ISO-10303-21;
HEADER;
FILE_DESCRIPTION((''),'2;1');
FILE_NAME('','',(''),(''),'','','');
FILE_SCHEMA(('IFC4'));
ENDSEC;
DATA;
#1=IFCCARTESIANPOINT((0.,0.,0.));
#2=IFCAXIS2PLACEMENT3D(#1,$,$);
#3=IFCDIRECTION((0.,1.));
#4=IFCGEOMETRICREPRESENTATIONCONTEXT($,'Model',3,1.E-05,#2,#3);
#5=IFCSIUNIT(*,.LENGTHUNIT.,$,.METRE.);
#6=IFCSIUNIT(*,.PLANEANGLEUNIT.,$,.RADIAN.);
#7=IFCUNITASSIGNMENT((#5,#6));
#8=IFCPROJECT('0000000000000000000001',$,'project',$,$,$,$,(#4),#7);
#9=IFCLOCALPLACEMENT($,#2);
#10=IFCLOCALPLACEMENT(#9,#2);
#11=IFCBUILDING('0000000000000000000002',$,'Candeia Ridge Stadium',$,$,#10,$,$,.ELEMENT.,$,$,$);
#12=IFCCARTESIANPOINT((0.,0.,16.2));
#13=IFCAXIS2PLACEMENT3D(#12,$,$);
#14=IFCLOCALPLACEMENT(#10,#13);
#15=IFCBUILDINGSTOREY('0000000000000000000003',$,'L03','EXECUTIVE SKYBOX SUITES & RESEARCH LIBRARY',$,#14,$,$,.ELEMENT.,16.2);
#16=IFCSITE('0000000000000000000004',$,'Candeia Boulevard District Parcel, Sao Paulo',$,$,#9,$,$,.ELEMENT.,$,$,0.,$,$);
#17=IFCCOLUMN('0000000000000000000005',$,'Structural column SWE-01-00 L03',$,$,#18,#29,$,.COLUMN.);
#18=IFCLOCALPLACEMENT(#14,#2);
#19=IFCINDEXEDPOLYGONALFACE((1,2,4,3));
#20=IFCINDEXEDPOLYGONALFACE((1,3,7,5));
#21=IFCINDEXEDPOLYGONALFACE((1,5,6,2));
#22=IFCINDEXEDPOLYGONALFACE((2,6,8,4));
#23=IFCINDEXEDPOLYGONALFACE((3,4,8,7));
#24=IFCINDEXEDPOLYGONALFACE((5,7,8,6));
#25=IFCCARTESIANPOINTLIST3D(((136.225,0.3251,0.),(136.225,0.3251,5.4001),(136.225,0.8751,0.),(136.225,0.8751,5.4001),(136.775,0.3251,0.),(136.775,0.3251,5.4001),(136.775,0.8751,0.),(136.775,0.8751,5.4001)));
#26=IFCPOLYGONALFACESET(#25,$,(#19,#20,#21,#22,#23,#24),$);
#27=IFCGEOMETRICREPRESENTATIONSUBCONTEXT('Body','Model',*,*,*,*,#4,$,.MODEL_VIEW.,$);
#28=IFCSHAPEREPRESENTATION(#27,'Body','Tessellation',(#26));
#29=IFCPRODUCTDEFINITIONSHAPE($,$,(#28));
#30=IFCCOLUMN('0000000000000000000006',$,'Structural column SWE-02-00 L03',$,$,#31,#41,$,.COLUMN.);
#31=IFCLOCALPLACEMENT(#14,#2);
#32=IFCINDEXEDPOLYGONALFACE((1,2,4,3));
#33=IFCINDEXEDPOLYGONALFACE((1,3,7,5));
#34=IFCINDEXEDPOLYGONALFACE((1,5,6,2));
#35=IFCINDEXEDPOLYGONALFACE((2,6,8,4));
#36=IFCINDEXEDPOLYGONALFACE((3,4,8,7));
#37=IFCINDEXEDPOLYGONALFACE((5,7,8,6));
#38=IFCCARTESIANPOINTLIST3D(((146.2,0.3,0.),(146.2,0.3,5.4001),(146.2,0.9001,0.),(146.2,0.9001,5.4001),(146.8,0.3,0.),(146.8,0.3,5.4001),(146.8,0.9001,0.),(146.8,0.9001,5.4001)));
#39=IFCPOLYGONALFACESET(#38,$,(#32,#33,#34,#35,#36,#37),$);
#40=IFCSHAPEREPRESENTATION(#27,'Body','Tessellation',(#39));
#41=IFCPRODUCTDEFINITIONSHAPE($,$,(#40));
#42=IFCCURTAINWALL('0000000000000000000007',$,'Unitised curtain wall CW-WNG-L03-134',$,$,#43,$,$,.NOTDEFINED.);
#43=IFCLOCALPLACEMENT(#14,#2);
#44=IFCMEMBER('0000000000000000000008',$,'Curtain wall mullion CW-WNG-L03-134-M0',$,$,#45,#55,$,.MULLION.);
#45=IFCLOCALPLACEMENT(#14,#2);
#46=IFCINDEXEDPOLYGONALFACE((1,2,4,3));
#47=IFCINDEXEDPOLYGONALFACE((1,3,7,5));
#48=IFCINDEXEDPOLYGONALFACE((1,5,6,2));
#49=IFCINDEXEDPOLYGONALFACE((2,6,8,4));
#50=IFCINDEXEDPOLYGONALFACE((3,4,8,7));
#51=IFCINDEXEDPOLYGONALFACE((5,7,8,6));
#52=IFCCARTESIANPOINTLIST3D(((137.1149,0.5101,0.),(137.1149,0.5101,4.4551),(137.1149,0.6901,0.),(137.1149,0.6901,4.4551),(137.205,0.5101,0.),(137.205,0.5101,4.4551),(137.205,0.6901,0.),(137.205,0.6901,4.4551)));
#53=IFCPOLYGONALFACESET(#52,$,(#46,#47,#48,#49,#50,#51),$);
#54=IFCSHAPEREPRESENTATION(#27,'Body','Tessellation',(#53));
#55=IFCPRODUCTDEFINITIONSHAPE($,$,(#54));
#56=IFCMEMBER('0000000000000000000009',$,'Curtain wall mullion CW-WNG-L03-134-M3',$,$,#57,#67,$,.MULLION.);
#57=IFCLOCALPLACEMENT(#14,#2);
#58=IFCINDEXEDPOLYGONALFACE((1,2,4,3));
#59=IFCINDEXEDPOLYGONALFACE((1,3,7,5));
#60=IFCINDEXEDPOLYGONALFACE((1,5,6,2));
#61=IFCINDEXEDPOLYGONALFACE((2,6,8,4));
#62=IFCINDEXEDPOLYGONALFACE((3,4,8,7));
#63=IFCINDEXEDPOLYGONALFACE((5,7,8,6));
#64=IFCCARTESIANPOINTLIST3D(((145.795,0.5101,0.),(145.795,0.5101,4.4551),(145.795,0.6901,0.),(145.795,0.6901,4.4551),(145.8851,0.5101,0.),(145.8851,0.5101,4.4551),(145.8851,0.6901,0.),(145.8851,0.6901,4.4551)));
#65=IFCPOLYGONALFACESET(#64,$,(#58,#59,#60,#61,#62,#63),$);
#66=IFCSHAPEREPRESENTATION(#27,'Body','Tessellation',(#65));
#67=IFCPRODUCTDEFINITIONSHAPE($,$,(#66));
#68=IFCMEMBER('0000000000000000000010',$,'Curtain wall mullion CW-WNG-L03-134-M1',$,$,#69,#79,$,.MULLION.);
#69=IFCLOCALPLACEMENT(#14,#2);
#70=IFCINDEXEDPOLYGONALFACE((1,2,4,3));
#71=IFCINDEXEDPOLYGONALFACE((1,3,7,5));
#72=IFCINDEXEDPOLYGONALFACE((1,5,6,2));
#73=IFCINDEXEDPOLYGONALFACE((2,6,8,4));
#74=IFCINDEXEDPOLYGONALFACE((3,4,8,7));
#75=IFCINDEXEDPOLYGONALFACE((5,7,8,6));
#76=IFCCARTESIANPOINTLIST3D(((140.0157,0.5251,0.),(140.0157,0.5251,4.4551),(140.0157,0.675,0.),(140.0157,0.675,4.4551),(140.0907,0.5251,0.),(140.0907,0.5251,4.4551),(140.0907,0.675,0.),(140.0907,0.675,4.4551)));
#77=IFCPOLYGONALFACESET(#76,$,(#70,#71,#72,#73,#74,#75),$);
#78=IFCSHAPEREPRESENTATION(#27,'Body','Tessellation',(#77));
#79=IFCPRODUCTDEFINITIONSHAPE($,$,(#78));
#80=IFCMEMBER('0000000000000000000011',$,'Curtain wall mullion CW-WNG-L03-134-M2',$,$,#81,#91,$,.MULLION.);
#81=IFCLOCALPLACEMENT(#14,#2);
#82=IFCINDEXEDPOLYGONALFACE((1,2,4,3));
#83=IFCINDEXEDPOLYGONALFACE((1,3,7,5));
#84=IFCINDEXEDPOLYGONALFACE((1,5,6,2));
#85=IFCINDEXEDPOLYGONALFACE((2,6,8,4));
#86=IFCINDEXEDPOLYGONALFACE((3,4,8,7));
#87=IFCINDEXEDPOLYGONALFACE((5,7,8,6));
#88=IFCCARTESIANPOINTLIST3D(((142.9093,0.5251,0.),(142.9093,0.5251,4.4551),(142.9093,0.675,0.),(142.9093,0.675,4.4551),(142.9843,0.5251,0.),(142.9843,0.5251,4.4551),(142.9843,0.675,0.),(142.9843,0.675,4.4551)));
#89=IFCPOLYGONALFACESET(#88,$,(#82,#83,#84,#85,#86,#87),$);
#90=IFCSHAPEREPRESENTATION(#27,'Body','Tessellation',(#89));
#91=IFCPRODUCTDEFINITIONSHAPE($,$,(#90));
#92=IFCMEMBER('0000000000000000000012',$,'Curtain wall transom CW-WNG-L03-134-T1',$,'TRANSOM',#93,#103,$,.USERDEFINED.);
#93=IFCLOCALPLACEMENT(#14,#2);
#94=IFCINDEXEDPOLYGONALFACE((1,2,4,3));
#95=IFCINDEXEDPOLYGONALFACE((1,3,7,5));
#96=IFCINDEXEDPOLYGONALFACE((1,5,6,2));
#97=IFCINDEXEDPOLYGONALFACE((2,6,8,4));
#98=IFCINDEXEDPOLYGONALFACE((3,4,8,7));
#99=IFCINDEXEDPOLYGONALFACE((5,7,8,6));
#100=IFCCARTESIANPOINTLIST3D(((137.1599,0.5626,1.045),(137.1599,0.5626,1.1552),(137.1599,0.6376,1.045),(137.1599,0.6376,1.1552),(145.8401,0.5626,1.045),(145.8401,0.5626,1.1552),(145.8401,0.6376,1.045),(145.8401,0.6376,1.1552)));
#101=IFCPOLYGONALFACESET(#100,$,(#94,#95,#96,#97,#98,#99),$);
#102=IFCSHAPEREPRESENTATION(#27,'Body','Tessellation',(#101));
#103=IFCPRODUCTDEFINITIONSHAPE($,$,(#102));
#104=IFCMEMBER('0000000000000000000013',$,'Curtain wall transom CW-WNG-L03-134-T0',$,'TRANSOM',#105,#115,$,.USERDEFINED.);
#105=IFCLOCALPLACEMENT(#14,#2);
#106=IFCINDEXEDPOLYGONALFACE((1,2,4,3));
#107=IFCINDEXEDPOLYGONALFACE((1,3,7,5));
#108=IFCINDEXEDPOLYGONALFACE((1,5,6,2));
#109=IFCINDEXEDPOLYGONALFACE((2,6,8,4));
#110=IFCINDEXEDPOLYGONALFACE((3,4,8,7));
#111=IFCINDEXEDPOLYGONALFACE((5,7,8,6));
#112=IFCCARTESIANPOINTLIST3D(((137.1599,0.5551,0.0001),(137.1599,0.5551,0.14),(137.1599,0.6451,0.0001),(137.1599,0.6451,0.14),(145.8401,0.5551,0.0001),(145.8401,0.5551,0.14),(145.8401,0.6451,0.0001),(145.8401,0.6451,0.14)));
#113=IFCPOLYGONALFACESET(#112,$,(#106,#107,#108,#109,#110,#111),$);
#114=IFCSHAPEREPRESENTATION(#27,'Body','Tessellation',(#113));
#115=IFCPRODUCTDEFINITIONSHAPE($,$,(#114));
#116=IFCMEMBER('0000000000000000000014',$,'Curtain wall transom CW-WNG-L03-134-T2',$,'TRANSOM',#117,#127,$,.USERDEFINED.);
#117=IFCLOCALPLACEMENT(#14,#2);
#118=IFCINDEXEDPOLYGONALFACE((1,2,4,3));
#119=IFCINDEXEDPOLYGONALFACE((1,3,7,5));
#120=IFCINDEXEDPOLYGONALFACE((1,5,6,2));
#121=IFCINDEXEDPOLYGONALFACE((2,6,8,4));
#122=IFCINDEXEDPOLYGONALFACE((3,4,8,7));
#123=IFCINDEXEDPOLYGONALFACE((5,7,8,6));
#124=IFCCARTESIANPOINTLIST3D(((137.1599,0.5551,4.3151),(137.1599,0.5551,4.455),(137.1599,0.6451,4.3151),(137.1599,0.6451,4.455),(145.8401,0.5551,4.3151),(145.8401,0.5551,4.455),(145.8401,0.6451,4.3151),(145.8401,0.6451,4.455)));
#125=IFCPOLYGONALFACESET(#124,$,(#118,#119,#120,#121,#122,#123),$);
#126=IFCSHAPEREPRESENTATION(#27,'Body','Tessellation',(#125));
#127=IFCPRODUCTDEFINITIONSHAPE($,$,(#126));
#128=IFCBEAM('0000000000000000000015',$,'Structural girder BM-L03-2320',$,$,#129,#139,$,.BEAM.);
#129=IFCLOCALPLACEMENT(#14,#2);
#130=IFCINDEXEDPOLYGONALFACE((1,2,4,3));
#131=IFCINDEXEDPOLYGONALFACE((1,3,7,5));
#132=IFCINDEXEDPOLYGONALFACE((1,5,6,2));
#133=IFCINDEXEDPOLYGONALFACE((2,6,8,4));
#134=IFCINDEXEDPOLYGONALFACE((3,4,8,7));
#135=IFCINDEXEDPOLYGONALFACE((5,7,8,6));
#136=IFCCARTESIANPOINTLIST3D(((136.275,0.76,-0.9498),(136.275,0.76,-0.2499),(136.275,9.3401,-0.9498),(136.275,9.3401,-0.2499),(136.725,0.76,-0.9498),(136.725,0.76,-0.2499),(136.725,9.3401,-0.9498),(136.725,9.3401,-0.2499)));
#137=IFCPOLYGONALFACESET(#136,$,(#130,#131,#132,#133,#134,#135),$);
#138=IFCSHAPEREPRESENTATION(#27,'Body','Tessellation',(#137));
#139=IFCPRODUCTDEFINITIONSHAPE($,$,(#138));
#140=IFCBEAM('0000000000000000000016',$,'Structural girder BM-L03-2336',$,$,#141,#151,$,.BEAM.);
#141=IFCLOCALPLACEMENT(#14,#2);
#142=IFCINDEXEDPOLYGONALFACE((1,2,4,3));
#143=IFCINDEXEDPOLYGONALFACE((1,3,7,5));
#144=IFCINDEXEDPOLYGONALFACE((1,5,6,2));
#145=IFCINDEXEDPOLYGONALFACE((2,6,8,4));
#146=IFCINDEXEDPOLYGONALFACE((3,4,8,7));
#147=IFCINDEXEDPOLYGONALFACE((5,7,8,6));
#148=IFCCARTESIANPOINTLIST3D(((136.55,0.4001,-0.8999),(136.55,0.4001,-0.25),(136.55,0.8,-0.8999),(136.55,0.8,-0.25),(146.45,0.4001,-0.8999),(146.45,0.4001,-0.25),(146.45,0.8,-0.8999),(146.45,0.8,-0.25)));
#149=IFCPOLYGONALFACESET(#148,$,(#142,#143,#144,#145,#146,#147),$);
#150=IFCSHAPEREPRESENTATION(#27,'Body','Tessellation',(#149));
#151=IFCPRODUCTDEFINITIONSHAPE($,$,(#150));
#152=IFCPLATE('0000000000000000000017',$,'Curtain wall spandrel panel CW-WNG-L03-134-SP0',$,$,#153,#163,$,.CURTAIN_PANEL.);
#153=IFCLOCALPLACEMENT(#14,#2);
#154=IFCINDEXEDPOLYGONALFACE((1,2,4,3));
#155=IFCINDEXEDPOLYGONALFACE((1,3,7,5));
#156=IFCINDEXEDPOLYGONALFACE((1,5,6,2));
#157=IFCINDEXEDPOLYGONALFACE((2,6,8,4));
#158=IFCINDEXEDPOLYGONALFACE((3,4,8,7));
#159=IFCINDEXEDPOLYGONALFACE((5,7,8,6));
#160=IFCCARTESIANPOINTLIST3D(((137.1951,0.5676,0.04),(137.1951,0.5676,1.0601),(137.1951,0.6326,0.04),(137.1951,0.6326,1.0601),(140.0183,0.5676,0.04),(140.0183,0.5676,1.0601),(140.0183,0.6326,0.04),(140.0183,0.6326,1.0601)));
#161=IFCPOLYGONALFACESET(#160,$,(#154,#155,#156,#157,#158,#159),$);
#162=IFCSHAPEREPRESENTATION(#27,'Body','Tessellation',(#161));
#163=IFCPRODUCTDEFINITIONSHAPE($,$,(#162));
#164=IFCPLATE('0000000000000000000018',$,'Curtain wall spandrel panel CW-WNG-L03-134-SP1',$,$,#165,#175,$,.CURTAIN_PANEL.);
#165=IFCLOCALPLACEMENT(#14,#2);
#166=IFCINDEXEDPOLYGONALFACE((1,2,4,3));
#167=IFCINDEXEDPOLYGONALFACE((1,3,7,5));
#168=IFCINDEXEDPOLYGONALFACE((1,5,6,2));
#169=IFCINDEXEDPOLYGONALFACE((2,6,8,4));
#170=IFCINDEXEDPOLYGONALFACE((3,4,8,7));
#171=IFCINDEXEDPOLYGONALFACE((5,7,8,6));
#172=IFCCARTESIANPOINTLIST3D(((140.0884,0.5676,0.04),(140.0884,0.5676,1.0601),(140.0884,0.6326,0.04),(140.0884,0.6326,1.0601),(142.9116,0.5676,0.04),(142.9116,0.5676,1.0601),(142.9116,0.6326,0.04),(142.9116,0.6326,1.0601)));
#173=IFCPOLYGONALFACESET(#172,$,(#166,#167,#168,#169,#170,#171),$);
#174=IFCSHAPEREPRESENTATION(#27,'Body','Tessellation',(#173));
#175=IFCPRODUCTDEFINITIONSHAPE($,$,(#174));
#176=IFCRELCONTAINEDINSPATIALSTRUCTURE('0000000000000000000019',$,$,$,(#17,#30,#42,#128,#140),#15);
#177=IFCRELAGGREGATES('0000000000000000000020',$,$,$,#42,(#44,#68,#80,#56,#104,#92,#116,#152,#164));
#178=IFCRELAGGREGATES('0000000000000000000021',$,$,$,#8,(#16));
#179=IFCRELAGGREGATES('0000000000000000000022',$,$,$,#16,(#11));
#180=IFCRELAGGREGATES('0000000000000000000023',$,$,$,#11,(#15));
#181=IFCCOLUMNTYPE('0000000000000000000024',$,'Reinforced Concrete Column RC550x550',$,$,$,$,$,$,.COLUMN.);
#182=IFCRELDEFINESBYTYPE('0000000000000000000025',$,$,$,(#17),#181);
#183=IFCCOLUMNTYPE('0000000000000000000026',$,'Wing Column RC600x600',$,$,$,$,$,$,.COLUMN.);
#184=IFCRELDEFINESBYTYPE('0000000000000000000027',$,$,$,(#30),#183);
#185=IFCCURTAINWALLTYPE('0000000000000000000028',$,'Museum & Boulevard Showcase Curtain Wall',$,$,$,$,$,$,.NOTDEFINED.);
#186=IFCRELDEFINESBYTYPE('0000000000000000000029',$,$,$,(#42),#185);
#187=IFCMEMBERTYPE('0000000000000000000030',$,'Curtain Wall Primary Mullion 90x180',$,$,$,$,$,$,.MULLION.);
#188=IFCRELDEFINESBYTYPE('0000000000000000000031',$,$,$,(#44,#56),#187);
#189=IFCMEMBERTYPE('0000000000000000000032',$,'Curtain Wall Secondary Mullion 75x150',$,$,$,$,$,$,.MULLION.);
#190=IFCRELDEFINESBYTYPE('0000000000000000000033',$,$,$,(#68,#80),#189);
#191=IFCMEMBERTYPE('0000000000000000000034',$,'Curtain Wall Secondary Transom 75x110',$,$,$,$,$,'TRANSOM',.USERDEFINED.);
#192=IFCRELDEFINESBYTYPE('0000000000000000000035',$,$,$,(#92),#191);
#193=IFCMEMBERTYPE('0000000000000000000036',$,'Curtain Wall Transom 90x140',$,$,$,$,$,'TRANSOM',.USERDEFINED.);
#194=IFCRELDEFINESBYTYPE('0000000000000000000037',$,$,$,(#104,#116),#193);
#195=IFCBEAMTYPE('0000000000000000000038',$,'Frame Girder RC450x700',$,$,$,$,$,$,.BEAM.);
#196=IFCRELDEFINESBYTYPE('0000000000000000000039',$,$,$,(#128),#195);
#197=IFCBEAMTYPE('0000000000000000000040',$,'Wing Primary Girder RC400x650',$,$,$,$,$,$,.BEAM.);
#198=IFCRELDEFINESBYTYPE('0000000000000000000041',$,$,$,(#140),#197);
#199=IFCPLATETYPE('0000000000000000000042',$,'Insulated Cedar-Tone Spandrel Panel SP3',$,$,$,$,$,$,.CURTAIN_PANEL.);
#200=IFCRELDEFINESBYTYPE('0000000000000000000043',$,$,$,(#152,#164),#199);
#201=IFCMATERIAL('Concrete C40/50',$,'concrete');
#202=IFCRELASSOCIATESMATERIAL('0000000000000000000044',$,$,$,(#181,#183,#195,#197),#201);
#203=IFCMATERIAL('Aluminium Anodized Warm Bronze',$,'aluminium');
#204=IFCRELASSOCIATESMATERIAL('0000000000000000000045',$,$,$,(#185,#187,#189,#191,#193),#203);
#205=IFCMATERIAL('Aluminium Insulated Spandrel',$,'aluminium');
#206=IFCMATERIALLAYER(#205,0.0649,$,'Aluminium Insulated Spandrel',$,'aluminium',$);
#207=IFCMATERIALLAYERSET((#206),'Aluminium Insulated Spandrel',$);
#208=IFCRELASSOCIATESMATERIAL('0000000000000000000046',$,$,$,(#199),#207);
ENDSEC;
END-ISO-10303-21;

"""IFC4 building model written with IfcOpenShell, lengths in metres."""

from ifc_helpers import new_model, si_unit, direction, frame, origin, origin_2d, place, context, subcontext, project, spatial, rectangle, extrude, material, layer, layer_set, material_profile, profile_set, type_object, element, aggregate, save


model = new_model("IFC4")

# Units and contexts
model_context = context("Model", 3, precision=1e-05, world=origin(), true_north=direction((0.0, 1.0)))
body_context = subcontext(model_context, "Body", "Model", "MODEL_VIEW")
ifc_project = project(units=[si_unit("LENGTHUNIT", "METRE"), si_unit("PLANEANGLEUNIT", "RADIAN")], contexts=[model_context])

# Site, building, storey
site_placement = place(None, origin())
site = spatial("IfcSite", under=ifc_project, at=site_placement, Name="Candeia Boulevard District Parcel, Sao Paulo", CompositionType="ELEMENT", RefElevation=0.0)
building_placement = place(site_placement, origin())
building = spatial("IfcBuilding", under=site, at=building_placement, Name="Candeia Ridge Stadium", CompositionType="ELEMENT")
storey_placement = place(building_placement, frame((0.0, 0.0, 16.2)))
storey = spatial("IfcBuildingStorey", under=building, at=storey_placement, Name="L03", Description="EXECUTIVE SKYBOX SUITES & RESEARCH LIBRARY", CompositionType="ELEMENT", Elevation=16.2)

# Columns
ifc_material_1 = material(Name="Concrete C40/50", Category="concrete")
ifc_material_profile_1 = material_profile(ifc_material_1, rectangle(XDim=0.55, YDim=0.55, at=origin_2d()), Name="RC550x550", Category="concrete")
ifc_profile_set_1 = profile_set([ifc_material_profile_1], Name="Concrete C40/50")
column_type_1 = type_object("IfcColumnType", Name="Reinforced Concrete Column RC550x550", PredefinedType="COLUMN", material=ifc_profile_set_1)
column_1_placement = place(storey_placement, frame((136.5, 0.6001, 0.0), z_axis=(0.0, 0.0, 1.0), x_axis=(1.0, 0.0, 0.0)))
element("IfcColumn", 1, at=column_1_placement, inside=storey, type_object=column_type_1, Name="Structural column SWE-01-00 L03", PredefinedType="COLUMN", context=body_context, shape_type="SweptSolid", body=[
    extrude(rectangle(XDim=0.55, YDim=0.55, at=origin_2d()), origin(), (0.0, 0.0, 1.0), 5.4001),
])
ifc_material_profile_2 = material_profile(ifc_material_1, rectangle(XDim=0.6001, YDim=0.6001, at=origin_2d()), Name="RC600x600", Category="concrete")
ifc_profile_set_2 = profile_set([ifc_material_profile_2], Name="Concrete C40/50")
column_type_2 = type_object("IfcColumnType", Name="Wing Column RC600x600", PredefinedType="COLUMN", material=ifc_profile_set_2)
column_2_placement = place(storey_placement, frame((146.5, 0.6001, 0.0), z_axis=(0.0, 0.0, 1.0), x_axis=(1.0, 0.0, 0.0)))
element("IfcColumn", 2, at=column_2_placement, inside=storey, type_object=column_type_2, Name="Structural column SWE-02-00 L03", PredefinedType="COLUMN", context=body_context, shape_type="SweptSolid", body=[
    extrude(rectangle(XDim=0.6001, YDim=0.6001, at=origin_2d()), origin(), (0.0, 0.0, 1.0), 5.4001),
])

# Curtain wall, members
ifc_material_2 = material(Name="Aluminium Anodized Warm Bronze", Category="aluminium")
curtain_wall_type = type_object("IfcCurtainWallType", Name="Museum & Boulevard Showcase Curtain Wall", PredefinedType="NOTDEFINED", material=ifc_material_2)
curtain_wall_placement = place(storey_placement, origin())
curtain_wall = element("IfcCurtainWall", 3, at=curtain_wall_placement, inside=storey, type_object=curtain_wall_type, Name="Unitised curtain wall CW-WNG-L03-134", PredefinedType="NOTDEFINED")
ifc_material_profile_3 = material_profile(ifc_material_2, rectangle(XDim=0.0901, YDim=0.1799, at=origin_2d()), Name="CWM-90x180", Category="aluminium")
ifc_profile_set_3 = profile_set([ifc_material_profile_3], Name="Aluminium Anodized Warm Bronze")
member_type_1 = type_object("IfcMemberType", Name="Curtain Wall Primary Mullion 90x180", PredefinedType="MULLION", material=ifc_profile_set_3)
member_1_placement = place(storey_placement, frame((137.1599, 0.6001, 0.0), z_axis=(0.0, 0.0, 1.0), x_axis=(1.0, 0.0, 0.0)))
member_1 = element("IfcMember", 4, at=member_1_placement, type_object=member_type_1, Name="Curtain wall mullion CW-WNG-L03-134-M0", PredefinedType="MULLION", context=body_context, shape_type="SweptSolid", body=[
    extrude(rectangle(XDim=0.0901, YDim=0.1799, at=origin_2d()), origin(), (0.0, 0.0, 1.0), 4.4551),
])
member_2_placement = place(storey_placement, frame((145.8401, 0.6001, 0.0), z_axis=(0.0, 0.0, 1.0), x_axis=(1.0, 0.0, 0.0)))
member_2 = element("IfcMember", 5, at=member_2_placement, type_object=member_type_1, Name="Curtain wall mullion CW-WNG-L03-134-M3", PredefinedType="MULLION", context=body_context, shape_type="SweptSolid", body=[
    extrude(rectangle(XDim=0.0901, YDim=0.1799, at=origin_2d()), origin(), (0.0, 0.0, 1.0), 4.4551),
])
ifc_material_profile_4 = material_profile(ifc_material_2, rectangle(XDim=0.075, YDim=0.1499, at=origin_2d()), Name="CWM-75x150", Category="aluminium")
ifc_profile_set_4 = profile_set([ifc_material_profile_4], Name="Aluminium Anodized Warm Bronze")
member_type_2 = type_object("IfcMemberType", Name="Curtain Wall Secondary Mullion 75x150", PredefinedType="MULLION", material=ifc_profile_set_4)
member_3_placement = place(storey_placement, frame((140.0532, 0.6001, 0.0), z_axis=(0.0, 0.0, 1.0), x_axis=(1.0, 0.0, 0.0)))
member_3 = element("IfcMember", 6, at=member_3_placement, type_object=member_type_2, Name="Curtain wall mullion CW-WNG-L03-134-M1", PredefinedType="MULLION", context=body_context, shape_type="SweptSolid", body=[
    extrude(rectangle(XDim=0.075, YDim=0.1499, at=origin_2d()), origin(), (0.0, 0.0, 1.0), 4.4551),
])
member_4_placement = place(storey_placement, frame((142.9468, 0.6001, 0.0), z_axis=(0.0, 0.0, 1.0), x_axis=(1.0, 0.0, 0.0)))
member_4 = element("IfcMember", 7, at=member_4_placement, type_object=member_type_2, Name="Curtain wall mullion CW-WNG-L03-134-M2", PredefinedType="MULLION", context=body_context, shape_type="SweptSolid", body=[
    extrude(rectangle(XDim=0.075, YDim=0.1499, at=origin_2d()), origin(), (0.0, 0.0, 1.0), 4.4551),
])
ifc_material_profile_5 = material_profile(ifc_material_2, rectangle(XDim=0.075, YDim=0.1101, at=origin_2d()), Name="CWT-75x110", Category="aluminium")
ifc_profile_set_5 = profile_set([ifc_material_profile_5], Name="Aluminium Anodized Warm Bronze")
member_type_3 = type_object("IfcMemberType", Name="Curtain Wall Secondary Transom 75x110", ElementType="TRANSOM", PredefinedType="USERDEFINED", material=ifc_profile_set_5)
member_5_placement = place(storey_placement, frame((137.1599, 0.6001, 1.1001), z_axis=(1.0, 0.0, 0.0), x_axis=(0.0, 1.0, 0.0)))
member_5 = element("IfcMember", 8, at=member_5_placement, type_object=member_type_3, Name="Curtain wall transom CW-WNG-L03-134-T1", ObjectType="TRANSOM", PredefinedType="USERDEFINED", context=body_context, shape_type="SweptSolid", body=[
    extrude(rectangle(XDim=0.075, YDim=0.1101, at=origin_2d()), origin(), (0.0, 0.0, 1.0), 8.6802),
])
ifc_material_profile_6 = material_profile(ifc_material_2, rectangle(XDim=0.0901, YDim=0.1399, at=origin_2d()), Name="CWT-90x140", Category="aluminium")
ifc_profile_set_6 = profile_set([ifc_material_profile_6], Name="Aluminium Anodized Warm Bronze")
member_type_4 = type_object("IfcMemberType", Name="Curtain Wall Transom 90x140", ElementType="TRANSOM", PredefinedType="USERDEFINED", material=ifc_profile_set_6)
member_6_placement = place(storey_placement, frame((137.1599, 0.6001, 0.0701), z_axis=(1.0, 0.0, 0.0), x_axis=(0.0, 1.0, 0.0)))
member_6 = element("IfcMember", 9, at=member_6_placement, type_object=member_type_4, Name="Curtain wall transom CW-WNG-L03-134-T0", ObjectType="TRANSOM", PredefinedType="USERDEFINED", context=body_context, shape_type="SweptSolid", body=[
    extrude(rectangle(XDim=0.0901, YDim=0.1399, at=origin_2d()), origin(), (0.0, 0.0, 1.0), 8.6802),
])
member_7_placement = place(storey_placement, frame((137.1599, 0.6001, 4.385), z_axis=(1.0, 0.0, 0.0), x_axis=(0.0, 1.0, 0.0)))
member_7 = element("IfcMember", 10, at=member_7_placement, type_object=member_type_4, Name="Curtain wall transom CW-WNG-L03-134-T2", ObjectType="TRANSOM", PredefinedType="USERDEFINED", context=body_context, shape_type="SweptSolid", body=[
    extrude(rectangle(XDim=0.0901, YDim=0.1399, at=origin_2d()), origin(), (0.0, 0.0, 1.0), 8.6802),
])

# Beams
ifc_material_profile_7 = material_profile(ifc_material_1, rectangle(XDim=0.45, YDim=0.7, at=origin_2d()), Name="RC450x700", Category="concrete")
ifc_profile_set_7 = profile_set([ifc_material_profile_7], Name="Concrete C40/50")
beam_type_1 = type_object("IfcBeamType", Name="Frame Girder RC450x700", PredefinedType="BEAM", material=ifc_profile_set_7)
beam_1_placement = place(storey_placement, frame((136.5, 0.76, -0.5999), z_axis=(0.0, 1.0, 0.0), x_axis=(-1.0, 0.0, 0.0)))
element("IfcBeam", 11, at=beam_1_placement, inside=storey, type_object=beam_type_1, Name="Structural girder BM-L03-2320", PredefinedType="BEAM", context=body_context, shape_type="SweptSolid", body=[
    extrude(rectangle(XDim=0.45, YDim=0.7, at=origin_2d()), origin(), (0.0, 0.0, 1.0), 8.5801),
])
ifc_material_profile_8 = material_profile(ifc_material_1, rectangle(XDim=0.3999, YDim=0.6499, at=origin_2d()), Name="RC400x650", Category="concrete")
ifc_profile_set_8 = profile_set([ifc_material_profile_8], Name="Concrete C40/50")
beam_type_2 = type_object("IfcBeamType", Name="Wing Primary Girder RC400x650", PredefinedType="BEAM", material=ifc_profile_set_8)
beam_2_placement = place(storey_placement, frame((136.55, 0.6001, -0.575), z_axis=(1.0, 0.0, 0.0), x_axis=(0.0, 1.0, 0.0)))
element("IfcBeam", 12, at=beam_2_placement, inside=storey, type_object=beam_type_2, Name="Structural girder BM-L03-2336", PredefinedType="BEAM", context=body_context, shape_type="SweptSolid", body=[
    extrude(rectangle(XDim=0.3999, YDim=0.6499, at=origin_2d()), origin(), (0.0, 0.0, 1.0), 9.8999),
])

# Plates
ifc_material_3 = material(Name="Aluminium Insulated Spandrel", Category="aluminium")
ifc_layer_1 = layer(ifc_material_3, 0.0649, Name="Aluminium Insulated Spandrel", Category="aluminium")
ifc_layer_set_1 = layer_set([ifc_layer_1], Name="Aluminium Insulated Spandrel")
plate_type_1 = type_object("IfcPlateType", Name="Insulated Cedar-Tone Spandrel Panel SP3", PredefinedType="CURTAIN_PANEL", material=ifc_layer_set_1)
plate_1_placement = place(storey_placement, frame((138.6067, 0.6001, 0.04), z_axis=(0.0, 0.0, 1.0), x_axis=(1.0, 0.0, 0.0)))
plate_1 = element("IfcPlate", 13, at=plate_1_placement, type_object=plate_type_1, Name="Curtain wall spandrel panel CW-WNG-L03-134-SP0", PredefinedType="CURTAIN_PANEL", context=body_context, shape_type="SweptSolid", body=[
    extrude(rectangle(XDim=2.8232, YDim=0.0649, at=origin_2d()), origin(), (0.0, 0.0, 1.0), 1.02),
])
plate_2_placement = place(storey_placement, frame((141.5, 0.6001, 0.04), z_axis=(0.0, 0.0, 1.0), x_axis=(1.0, 0.0, 0.0)))
plate_2 = element("IfcPlate", 14, at=plate_2_placement, type_object=plate_type_1, Name="Curtain wall spandrel panel CW-WNG-L03-134-SP1", PredefinedType="CURTAIN_PANEL", context=body_context, shape_type="SweptSolid", body=[
    extrude(rectangle(XDim=2.8232, YDim=0.0649, at=origin_2d()), origin(), (0.0, 0.0, 1.0), 1.02),
])
aggregate(curtain_wall, [member_1, member_3, member_4, member_2, member_6, member_5, member_7, plate_1, plate_2])

save(model, "model.ifc")
